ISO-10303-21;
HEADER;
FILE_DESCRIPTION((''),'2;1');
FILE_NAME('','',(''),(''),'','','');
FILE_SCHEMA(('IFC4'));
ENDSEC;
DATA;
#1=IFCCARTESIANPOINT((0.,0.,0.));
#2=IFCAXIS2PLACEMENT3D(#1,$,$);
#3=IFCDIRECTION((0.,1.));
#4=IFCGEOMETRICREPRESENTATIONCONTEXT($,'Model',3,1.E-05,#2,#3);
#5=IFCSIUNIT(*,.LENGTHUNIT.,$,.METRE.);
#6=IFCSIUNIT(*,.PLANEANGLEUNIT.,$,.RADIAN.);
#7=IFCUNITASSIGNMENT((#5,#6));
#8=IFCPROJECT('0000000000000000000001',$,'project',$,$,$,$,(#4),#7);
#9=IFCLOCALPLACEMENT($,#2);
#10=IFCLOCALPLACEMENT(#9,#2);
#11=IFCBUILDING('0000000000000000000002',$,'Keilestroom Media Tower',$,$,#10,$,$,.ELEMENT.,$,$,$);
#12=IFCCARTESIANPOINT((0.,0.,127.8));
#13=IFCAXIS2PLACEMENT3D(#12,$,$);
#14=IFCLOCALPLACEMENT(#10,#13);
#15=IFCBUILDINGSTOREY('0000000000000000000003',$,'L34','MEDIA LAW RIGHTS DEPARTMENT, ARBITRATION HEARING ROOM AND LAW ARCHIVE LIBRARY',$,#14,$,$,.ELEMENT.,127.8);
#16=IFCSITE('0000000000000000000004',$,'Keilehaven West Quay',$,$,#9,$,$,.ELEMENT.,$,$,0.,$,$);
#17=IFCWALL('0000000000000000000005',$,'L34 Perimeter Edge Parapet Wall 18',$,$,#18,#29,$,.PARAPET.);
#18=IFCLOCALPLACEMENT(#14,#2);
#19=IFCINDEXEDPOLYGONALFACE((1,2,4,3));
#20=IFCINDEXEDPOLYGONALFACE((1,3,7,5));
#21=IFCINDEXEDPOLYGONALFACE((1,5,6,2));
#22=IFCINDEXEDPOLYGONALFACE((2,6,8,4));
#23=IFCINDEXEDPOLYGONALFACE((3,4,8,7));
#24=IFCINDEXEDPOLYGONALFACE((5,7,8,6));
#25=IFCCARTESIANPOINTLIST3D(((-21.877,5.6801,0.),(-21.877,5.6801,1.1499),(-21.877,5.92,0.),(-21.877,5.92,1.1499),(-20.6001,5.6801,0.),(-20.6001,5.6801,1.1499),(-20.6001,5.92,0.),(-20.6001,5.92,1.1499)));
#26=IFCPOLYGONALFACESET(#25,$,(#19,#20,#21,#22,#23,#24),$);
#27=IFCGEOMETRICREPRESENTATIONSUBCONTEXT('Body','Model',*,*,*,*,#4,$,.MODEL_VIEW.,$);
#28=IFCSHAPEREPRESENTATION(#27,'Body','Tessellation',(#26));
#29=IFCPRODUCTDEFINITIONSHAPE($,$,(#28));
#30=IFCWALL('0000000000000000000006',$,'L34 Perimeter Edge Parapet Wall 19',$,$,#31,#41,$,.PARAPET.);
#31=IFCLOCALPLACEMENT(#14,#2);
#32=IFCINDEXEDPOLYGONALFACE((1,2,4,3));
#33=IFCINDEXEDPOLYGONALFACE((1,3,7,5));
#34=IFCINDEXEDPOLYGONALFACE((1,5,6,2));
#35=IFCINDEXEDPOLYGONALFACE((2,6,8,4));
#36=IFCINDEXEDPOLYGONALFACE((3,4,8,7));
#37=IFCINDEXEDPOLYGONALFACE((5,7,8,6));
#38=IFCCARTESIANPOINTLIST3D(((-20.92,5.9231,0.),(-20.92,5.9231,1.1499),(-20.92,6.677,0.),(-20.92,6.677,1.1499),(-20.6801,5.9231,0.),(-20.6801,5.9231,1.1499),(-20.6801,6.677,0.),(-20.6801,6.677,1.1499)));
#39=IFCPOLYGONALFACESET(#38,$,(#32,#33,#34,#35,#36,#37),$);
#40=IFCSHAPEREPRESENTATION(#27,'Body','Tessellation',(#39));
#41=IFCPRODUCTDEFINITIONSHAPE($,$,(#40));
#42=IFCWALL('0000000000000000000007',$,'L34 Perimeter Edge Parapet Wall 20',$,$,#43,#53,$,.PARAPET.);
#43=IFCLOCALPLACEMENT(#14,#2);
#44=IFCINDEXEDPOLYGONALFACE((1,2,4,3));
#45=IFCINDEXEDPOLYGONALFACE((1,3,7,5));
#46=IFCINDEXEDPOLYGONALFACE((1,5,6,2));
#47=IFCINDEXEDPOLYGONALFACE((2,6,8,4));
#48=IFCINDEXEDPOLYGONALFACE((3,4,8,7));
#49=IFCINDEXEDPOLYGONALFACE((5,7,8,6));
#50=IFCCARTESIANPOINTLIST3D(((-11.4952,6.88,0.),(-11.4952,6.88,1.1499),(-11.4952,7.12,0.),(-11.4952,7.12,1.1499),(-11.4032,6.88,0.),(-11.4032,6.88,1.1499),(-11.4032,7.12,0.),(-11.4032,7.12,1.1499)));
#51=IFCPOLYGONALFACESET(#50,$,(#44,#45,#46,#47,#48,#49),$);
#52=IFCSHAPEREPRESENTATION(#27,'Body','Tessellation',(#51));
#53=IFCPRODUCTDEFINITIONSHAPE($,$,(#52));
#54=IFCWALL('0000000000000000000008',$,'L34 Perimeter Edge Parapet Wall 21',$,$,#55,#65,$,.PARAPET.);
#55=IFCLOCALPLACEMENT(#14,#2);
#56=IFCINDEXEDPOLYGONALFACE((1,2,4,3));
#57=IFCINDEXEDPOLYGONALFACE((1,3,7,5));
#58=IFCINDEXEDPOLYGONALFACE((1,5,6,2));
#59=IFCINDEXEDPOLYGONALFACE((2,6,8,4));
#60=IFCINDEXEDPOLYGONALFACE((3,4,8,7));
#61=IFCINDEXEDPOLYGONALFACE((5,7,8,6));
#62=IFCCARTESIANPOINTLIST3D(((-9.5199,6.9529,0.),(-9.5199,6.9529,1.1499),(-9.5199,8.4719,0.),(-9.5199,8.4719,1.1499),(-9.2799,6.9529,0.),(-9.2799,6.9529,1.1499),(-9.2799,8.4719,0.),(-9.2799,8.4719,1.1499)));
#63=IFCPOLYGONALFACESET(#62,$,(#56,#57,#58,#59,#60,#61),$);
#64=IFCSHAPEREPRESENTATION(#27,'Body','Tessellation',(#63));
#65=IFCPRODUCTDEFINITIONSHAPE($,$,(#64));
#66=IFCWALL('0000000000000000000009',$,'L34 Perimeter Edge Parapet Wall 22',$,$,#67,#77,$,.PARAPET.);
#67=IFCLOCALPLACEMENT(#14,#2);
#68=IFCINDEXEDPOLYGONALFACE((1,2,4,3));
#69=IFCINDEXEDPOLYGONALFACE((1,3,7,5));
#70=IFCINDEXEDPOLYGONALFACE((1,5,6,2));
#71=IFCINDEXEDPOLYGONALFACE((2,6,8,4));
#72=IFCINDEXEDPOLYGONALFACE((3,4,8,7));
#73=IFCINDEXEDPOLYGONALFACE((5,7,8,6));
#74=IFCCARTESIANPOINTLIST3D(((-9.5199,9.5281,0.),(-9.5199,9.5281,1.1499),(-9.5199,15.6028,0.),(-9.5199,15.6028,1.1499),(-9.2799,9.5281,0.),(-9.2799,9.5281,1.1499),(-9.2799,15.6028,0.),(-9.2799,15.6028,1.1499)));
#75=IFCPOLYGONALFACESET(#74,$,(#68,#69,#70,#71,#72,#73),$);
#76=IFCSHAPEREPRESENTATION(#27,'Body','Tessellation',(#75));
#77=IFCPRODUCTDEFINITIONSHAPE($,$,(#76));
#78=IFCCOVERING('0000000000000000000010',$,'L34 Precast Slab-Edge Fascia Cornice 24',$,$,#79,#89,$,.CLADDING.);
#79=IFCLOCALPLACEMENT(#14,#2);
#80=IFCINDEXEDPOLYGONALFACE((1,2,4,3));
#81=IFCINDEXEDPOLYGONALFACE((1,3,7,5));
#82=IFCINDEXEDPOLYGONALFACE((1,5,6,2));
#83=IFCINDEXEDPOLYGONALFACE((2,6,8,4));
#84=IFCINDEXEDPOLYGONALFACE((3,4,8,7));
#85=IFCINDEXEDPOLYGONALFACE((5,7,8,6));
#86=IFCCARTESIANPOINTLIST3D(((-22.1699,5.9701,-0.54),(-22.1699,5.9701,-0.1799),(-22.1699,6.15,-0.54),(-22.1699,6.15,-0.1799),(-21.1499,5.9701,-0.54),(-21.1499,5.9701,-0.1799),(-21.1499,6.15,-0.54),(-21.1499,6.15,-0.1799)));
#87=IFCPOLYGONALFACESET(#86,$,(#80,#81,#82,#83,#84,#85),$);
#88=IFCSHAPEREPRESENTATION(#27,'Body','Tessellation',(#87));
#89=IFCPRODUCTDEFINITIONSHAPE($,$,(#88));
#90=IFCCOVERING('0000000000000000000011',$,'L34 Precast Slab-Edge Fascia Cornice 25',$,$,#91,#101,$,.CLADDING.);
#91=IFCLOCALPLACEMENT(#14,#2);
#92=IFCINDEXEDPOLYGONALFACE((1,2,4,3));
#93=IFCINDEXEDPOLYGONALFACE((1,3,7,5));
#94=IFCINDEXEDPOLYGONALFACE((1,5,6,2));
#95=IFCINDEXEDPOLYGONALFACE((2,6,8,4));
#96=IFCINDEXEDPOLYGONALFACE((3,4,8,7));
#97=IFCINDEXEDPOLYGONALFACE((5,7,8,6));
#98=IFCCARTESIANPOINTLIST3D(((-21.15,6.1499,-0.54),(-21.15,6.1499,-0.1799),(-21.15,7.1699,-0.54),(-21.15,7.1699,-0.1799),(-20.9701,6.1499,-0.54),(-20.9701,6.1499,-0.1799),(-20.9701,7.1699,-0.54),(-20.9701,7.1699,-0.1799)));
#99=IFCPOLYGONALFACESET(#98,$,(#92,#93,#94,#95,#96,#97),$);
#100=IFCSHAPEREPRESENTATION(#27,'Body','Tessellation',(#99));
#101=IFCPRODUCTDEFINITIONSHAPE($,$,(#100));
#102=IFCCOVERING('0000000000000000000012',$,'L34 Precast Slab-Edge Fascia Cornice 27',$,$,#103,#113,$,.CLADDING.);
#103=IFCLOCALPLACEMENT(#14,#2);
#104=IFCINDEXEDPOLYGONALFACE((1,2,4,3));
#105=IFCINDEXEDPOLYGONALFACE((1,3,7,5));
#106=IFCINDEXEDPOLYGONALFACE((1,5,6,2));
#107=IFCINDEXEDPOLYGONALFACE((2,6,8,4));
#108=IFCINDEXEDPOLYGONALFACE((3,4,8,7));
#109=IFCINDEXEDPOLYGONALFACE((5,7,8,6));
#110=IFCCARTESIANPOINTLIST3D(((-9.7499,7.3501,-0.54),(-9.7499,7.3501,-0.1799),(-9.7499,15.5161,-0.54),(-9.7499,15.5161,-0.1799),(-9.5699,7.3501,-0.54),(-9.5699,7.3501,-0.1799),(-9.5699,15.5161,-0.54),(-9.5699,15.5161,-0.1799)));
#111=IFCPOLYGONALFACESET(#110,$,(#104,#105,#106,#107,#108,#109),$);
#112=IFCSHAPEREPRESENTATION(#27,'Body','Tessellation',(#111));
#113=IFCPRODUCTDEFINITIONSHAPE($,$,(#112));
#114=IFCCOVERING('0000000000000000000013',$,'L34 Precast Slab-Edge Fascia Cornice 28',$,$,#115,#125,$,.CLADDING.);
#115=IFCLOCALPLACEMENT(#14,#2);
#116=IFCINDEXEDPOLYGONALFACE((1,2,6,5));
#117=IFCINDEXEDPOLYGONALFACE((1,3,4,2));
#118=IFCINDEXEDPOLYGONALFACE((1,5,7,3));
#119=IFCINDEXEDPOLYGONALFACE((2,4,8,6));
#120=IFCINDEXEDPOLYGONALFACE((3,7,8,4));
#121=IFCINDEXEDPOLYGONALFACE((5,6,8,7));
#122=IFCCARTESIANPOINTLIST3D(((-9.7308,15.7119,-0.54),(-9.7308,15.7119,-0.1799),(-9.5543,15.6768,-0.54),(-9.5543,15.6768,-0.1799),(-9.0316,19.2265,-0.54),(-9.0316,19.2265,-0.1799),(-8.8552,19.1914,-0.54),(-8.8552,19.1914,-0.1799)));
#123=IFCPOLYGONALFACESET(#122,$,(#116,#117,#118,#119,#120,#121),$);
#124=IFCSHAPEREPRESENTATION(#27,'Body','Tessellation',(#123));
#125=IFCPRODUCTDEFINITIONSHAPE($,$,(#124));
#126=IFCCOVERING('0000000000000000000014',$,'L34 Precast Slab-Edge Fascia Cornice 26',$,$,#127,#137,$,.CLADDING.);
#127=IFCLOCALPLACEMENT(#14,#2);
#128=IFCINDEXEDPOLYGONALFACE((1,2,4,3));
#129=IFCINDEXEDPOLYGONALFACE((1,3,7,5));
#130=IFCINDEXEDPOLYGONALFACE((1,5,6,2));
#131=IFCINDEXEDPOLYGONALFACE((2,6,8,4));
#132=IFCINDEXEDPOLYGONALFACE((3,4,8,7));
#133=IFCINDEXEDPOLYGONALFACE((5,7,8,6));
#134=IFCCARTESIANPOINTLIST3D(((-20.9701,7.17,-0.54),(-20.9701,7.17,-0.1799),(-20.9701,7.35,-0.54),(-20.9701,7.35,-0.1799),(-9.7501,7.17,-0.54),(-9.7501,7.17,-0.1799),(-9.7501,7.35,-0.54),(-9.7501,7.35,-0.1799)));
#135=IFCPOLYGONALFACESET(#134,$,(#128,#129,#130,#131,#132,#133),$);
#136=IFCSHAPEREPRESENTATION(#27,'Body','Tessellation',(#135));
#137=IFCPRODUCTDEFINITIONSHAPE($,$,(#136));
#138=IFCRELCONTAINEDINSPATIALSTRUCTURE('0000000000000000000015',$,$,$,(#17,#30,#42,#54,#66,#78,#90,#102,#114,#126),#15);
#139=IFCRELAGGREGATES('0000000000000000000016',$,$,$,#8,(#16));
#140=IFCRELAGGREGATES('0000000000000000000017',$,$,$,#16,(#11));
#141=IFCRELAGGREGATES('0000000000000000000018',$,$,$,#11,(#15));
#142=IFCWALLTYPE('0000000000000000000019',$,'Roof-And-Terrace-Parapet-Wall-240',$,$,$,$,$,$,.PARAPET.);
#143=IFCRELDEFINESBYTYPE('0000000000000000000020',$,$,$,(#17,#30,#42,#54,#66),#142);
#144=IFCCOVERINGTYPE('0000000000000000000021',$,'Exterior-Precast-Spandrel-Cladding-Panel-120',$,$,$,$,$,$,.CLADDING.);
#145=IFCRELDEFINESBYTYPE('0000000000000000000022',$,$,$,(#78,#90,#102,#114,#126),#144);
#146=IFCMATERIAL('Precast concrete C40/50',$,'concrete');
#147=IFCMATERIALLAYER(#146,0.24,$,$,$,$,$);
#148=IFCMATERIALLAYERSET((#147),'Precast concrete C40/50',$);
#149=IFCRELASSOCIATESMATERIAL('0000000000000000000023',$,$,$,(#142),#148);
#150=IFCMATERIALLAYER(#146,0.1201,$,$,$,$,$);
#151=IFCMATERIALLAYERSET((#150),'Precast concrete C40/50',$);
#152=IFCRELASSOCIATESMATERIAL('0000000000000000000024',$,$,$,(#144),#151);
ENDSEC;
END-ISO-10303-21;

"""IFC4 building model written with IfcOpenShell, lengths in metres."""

from ifc_helpers import new_model, si_unit, direction, frame, frame_2d, origin, origin_2d, place, context, subcontext, project, spatial, rectangle, extrude, source, transform, mapped, material, layer, layer_set, type_object, element, save


model = new_model("IFC4")

# Units and contexts
model_context = context("Model", 3, precision=1e-05, world=origin(), true_north=direction((0.0, 1.0)))
body_context = subcontext(model_context, "Body", "Model", "MODEL_VIEW")
ifc_project = project(units=[si_unit("LENGTHUNIT", "METRE"), si_unit("PLANEANGLEUNIT", "RADIAN")], contexts=[model_context])

# Site, building, storey
site_placement = place(None, origin())
site = spatial("IfcSite", under=ifc_project, at=site_placement, Name="Keilehaven West Quay", CompositionType="ELEMENT", RefElevation=0.0)
building_placement = place(site_placement, origin())
building = spatial("IfcBuilding", under=site, at=building_placement, Name="Keilestroom Media Tower", CompositionType="ELEMENT")
storey_placement = place(building_placement, frame((0.0, 0.0, 127.8)))
storey = spatial("IfcBuildingStorey", under=building, at=storey_placement, Name="L34", Description="MEDIA LAW RIGHTS DEPARTMENT, ARBITRATION HEARING ROOM AND LAW ARCHIVE LIBRARY", CompositionType="ELEMENT", Elevation=127.8)

# Shared definitions
ifc_material_1 = material(Name="Precast concrete C40/50", Category="concrete")

# Walls
ifc_layer_1 = layer(ifc_material_1, 0.24)
ifc_layer_set_1 = layer_set([ifc_layer_1], Name="Precast concrete C40/50")
wall_type_1 = type_object("IfcWallType", Name="Roof-And-Terrace-Parapet-Wall-240", PredefinedType="PARAPET", material=ifc_layer_set_1)
wall_1_placement = place(storey_placement, frame((-21.877, 5.8, 0.0), z_axis=(0.0, 0.0, 1.0), x_axis=(1.0, 0.0, 0.0)))
element("IfcWall", 1, at=wall_1_placement, inside=storey, type_object=wall_type_1, Name="L34 Perimeter Edge Parapet Wall 18", PredefinedType="PARAPET", context=body_context, shape_type="SweptSolid", body=[
    extrude(rectangle(XDim=1.2769, YDim=0.24, at=frame_2d((0.6384, 0.0))), origin(), (0.0, 0.0, 1.0), 1.1499),
])
wall_2_placement = place(storey_placement, frame((-20.8, 5.9231, 0.0), z_axis=(0.0, 0.0, 1.0), x_axis=(0.0, 1.0, 0.0)))
element("IfcWall", 2, at=wall_2_placement, inside=storey, type_object=wall_type_1, Name="L34 Perimeter Edge Parapet Wall 19", PredefinedType="PARAPET", context=body_context, shape_type="SweptSolid", body=[
    extrude(rectangle(XDim=0.7539, YDim=0.24, at=frame_2d((0.377, 0.0))), origin(), (0.0, 0.0, 1.0), 1.1499),
])
wall_3_placement = place(storey_placement, frame((-11.4951, 7.0, 0.0), z_axis=(0.0, 0.0, 1.0), x_axis=(1.0, 0.0, 0.0)))
element("IfcWall", 3, at=wall_3_placement, inside=storey, type_object=wall_type_1, Name="L34 Perimeter Edge Parapet Wall 20", PredefinedType="PARAPET", context=body_context, shape_type="SweptSolid", body=[
    extrude(rectangle(XDim=0.092, YDim=0.24, at=frame_2d((0.0459, 0.0))), origin(), (0.0, 0.0, 1.0), 1.1499),
])
wall_4_placement = place(storey_placement, frame((-9.3999, 6.9529, 0.0), z_axis=(0.0, 0.0, 1.0), x_axis=(0.0, 1.0, 0.0)))
element("IfcWall", 4, at=wall_4_placement, inside=storey, type_object=wall_type_1, Name="L34 Perimeter Edge Parapet Wall 21", PredefinedType="PARAPET", context=body_context, shape_type="SweptSolid", body=[
    extrude(rectangle(XDim=1.519, YDim=0.24, at=frame_2d((0.7595, 0.0))), origin(), (0.0, 0.0, 1.0), 1.1499),
])
wall_5_placement = place(storey_placement, frame((-9.3999, 9.5281, 0.0), z_axis=(0.0, 0.0, 1.0), x_axis=(0.0, 1.0, 0.0)))
element("IfcWall", 5, at=wall_5_placement, inside=storey, type_object=wall_type_1, Name="L34 Perimeter Edge Parapet Wall 22", PredefinedType="PARAPET", context=body_context, shape_type="SweptSolid", body=[
    extrude(rectangle(XDim=6.0747, YDim=0.24, at=frame_2d((3.0374, 0.0))), origin(), (0.0, 0.0, 1.0), 1.1499),
])

# Coverings
ifc_layer_2 = layer(ifc_material_1, 0.1201)
ifc_layer_set_2 = layer_set([ifc_layer_2], Name="Precast concrete C40/50")
covering_type = type_object("IfcCoveringType", Name="Exterior-Precast-Spandrel-Cladding-Panel-120", PredefinedType="CLADDING", material=ifc_layer_set_2)
shared_shape_1 = source(origin(), body_context, "Body", "SweptSolid", [
    extrude(rectangle(XDim=1.02, YDim=0.1799, at=origin_2d()), origin(), (0.0, 0.0, 1.0), 0.3601),
])
for number, where, z_axis, x_axis, name in (
    (6, (-21.6599, 6.0601, -0.54), (0.0, 0.0, 1.0), (1.0, 0.0, 0.0), "L34 Precast Slab-Edge Fascia Cornice 24"),
    (7, (-21.0601, 6.6599, -0.54), (0.0, 0.0, 1.0), (0.0, 1.0, 0.0), "L34 Precast Slab-Edge Fascia Cornice 25"),
):
    element("IfcCovering", number, at=place(storey_placement, frame(where, z_axis=z_axis, x_axis=x_axis)), inside=storey, type_object=covering_type, Name=name, PredefinedType="CLADDING", context=body_context, shape_type="MappedRepresentation", body=[
        mapped(shared_shape_1, transform((0.0, 0.0, 0.0), x_axis=(1.0, 0.0, 0.0), y_axis=(0.0, 1.0, 0.0), z_axis=(0.0, 0.0, 1.0), scale=1.0)),
    ])
shared_shape_2 = source(origin(), body_context, "Body", "SweptSolid", [
    extrude(rectangle(XDim=8.166, YDim=0.1799, at=origin_2d()), origin(), (0.0, 0.0, 1.0), 0.3601),
])
covering_1_placement = place(storey_placement, frame((-9.6599, 11.4331, -0.54), z_axis=(0.0, 0.0, 1.0), x_axis=(0.0, 1.0, 0.0)))
element("IfcCovering", 8, at=covering_1_placement, inside=storey, type_object=covering_type, Name="L34 Precast Slab-Edge Fascia Cornice 27", PredefinedType="CLADDING", context=body_context, shape_type="MappedRepresentation", body=[
    mapped(shared_shape_2, transform((0.0, 0.0, 0.0), x_axis=(1.0, 0.0, 0.0), y_axis=(0.0, 1.0, 0.0), z_axis=(0.0, 0.0, 1.0), scale=1.0)),
])
shared_shape_3 = source(origin(), body_context, "Body", "SweptSolid", [
    extrude(rectangle(XDim=3.5835, YDim=0.1799, at=origin_2d()), origin(), (0.0, 0.0, 1.0), 0.3601),
])
covering_2_placement = place(storey_placement, frame((-9.293, 17.4517, -0.54), z_axis=(0.0, 0.0, 1.0), x_axis=(0.195099, 0.980784, 0.0)))
element("IfcCovering", 9, at=covering_2_placement, inside=storey, type_object=covering_type, Name="L34 Precast Slab-Edge Fascia Cornice 28", PredefinedType="CLADDING", context=body_context, shape_type="MappedRepresentation", body=[
    mapped(shared_shape_3, transform((0.0, 0.0, 0.0), x_axis=(1.0, 0.0, 0.0), y_axis=(0.0, 1.0, 0.0), z_axis=(0.0, 0.0, 1.0), scale=1.0)),
])
shared_shape_4 = source(origin(), body_context, "Body", "SweptSolid", [
    extrude(rectangle(XDim=11.22, YDim=0.1799, at=origin_2d()), origin(), (0.0, 0.0, 1.0), 0.3601),
])
covering_3_placement = place(storey_placement, frame((-15.3601, 7.26, -0.54), z_axis=(0.0, 0.0, 1.0), x_axis=(1.0, 0.0, 0.0)))
element("IfcCovering", 10, at=covering_3_placement, inside=storey, type_object=covering_type, Name="L34 Precast Slab-Edge Fascia Cornice 26", PredefinedType="CLADDING", context=body_context, shape_type="MappedRepresentation", body=[
    mapped(shared_shape_4, transform((0.0, 0.0, 0.0), x_axis=(1.0, 0.0, 0.0), y_axis=(0.0, 1.0, 0.0), z_axis=(0.0, 0.0, 1.0), scale=1.0)),
])

save(model, "model.ifc")
